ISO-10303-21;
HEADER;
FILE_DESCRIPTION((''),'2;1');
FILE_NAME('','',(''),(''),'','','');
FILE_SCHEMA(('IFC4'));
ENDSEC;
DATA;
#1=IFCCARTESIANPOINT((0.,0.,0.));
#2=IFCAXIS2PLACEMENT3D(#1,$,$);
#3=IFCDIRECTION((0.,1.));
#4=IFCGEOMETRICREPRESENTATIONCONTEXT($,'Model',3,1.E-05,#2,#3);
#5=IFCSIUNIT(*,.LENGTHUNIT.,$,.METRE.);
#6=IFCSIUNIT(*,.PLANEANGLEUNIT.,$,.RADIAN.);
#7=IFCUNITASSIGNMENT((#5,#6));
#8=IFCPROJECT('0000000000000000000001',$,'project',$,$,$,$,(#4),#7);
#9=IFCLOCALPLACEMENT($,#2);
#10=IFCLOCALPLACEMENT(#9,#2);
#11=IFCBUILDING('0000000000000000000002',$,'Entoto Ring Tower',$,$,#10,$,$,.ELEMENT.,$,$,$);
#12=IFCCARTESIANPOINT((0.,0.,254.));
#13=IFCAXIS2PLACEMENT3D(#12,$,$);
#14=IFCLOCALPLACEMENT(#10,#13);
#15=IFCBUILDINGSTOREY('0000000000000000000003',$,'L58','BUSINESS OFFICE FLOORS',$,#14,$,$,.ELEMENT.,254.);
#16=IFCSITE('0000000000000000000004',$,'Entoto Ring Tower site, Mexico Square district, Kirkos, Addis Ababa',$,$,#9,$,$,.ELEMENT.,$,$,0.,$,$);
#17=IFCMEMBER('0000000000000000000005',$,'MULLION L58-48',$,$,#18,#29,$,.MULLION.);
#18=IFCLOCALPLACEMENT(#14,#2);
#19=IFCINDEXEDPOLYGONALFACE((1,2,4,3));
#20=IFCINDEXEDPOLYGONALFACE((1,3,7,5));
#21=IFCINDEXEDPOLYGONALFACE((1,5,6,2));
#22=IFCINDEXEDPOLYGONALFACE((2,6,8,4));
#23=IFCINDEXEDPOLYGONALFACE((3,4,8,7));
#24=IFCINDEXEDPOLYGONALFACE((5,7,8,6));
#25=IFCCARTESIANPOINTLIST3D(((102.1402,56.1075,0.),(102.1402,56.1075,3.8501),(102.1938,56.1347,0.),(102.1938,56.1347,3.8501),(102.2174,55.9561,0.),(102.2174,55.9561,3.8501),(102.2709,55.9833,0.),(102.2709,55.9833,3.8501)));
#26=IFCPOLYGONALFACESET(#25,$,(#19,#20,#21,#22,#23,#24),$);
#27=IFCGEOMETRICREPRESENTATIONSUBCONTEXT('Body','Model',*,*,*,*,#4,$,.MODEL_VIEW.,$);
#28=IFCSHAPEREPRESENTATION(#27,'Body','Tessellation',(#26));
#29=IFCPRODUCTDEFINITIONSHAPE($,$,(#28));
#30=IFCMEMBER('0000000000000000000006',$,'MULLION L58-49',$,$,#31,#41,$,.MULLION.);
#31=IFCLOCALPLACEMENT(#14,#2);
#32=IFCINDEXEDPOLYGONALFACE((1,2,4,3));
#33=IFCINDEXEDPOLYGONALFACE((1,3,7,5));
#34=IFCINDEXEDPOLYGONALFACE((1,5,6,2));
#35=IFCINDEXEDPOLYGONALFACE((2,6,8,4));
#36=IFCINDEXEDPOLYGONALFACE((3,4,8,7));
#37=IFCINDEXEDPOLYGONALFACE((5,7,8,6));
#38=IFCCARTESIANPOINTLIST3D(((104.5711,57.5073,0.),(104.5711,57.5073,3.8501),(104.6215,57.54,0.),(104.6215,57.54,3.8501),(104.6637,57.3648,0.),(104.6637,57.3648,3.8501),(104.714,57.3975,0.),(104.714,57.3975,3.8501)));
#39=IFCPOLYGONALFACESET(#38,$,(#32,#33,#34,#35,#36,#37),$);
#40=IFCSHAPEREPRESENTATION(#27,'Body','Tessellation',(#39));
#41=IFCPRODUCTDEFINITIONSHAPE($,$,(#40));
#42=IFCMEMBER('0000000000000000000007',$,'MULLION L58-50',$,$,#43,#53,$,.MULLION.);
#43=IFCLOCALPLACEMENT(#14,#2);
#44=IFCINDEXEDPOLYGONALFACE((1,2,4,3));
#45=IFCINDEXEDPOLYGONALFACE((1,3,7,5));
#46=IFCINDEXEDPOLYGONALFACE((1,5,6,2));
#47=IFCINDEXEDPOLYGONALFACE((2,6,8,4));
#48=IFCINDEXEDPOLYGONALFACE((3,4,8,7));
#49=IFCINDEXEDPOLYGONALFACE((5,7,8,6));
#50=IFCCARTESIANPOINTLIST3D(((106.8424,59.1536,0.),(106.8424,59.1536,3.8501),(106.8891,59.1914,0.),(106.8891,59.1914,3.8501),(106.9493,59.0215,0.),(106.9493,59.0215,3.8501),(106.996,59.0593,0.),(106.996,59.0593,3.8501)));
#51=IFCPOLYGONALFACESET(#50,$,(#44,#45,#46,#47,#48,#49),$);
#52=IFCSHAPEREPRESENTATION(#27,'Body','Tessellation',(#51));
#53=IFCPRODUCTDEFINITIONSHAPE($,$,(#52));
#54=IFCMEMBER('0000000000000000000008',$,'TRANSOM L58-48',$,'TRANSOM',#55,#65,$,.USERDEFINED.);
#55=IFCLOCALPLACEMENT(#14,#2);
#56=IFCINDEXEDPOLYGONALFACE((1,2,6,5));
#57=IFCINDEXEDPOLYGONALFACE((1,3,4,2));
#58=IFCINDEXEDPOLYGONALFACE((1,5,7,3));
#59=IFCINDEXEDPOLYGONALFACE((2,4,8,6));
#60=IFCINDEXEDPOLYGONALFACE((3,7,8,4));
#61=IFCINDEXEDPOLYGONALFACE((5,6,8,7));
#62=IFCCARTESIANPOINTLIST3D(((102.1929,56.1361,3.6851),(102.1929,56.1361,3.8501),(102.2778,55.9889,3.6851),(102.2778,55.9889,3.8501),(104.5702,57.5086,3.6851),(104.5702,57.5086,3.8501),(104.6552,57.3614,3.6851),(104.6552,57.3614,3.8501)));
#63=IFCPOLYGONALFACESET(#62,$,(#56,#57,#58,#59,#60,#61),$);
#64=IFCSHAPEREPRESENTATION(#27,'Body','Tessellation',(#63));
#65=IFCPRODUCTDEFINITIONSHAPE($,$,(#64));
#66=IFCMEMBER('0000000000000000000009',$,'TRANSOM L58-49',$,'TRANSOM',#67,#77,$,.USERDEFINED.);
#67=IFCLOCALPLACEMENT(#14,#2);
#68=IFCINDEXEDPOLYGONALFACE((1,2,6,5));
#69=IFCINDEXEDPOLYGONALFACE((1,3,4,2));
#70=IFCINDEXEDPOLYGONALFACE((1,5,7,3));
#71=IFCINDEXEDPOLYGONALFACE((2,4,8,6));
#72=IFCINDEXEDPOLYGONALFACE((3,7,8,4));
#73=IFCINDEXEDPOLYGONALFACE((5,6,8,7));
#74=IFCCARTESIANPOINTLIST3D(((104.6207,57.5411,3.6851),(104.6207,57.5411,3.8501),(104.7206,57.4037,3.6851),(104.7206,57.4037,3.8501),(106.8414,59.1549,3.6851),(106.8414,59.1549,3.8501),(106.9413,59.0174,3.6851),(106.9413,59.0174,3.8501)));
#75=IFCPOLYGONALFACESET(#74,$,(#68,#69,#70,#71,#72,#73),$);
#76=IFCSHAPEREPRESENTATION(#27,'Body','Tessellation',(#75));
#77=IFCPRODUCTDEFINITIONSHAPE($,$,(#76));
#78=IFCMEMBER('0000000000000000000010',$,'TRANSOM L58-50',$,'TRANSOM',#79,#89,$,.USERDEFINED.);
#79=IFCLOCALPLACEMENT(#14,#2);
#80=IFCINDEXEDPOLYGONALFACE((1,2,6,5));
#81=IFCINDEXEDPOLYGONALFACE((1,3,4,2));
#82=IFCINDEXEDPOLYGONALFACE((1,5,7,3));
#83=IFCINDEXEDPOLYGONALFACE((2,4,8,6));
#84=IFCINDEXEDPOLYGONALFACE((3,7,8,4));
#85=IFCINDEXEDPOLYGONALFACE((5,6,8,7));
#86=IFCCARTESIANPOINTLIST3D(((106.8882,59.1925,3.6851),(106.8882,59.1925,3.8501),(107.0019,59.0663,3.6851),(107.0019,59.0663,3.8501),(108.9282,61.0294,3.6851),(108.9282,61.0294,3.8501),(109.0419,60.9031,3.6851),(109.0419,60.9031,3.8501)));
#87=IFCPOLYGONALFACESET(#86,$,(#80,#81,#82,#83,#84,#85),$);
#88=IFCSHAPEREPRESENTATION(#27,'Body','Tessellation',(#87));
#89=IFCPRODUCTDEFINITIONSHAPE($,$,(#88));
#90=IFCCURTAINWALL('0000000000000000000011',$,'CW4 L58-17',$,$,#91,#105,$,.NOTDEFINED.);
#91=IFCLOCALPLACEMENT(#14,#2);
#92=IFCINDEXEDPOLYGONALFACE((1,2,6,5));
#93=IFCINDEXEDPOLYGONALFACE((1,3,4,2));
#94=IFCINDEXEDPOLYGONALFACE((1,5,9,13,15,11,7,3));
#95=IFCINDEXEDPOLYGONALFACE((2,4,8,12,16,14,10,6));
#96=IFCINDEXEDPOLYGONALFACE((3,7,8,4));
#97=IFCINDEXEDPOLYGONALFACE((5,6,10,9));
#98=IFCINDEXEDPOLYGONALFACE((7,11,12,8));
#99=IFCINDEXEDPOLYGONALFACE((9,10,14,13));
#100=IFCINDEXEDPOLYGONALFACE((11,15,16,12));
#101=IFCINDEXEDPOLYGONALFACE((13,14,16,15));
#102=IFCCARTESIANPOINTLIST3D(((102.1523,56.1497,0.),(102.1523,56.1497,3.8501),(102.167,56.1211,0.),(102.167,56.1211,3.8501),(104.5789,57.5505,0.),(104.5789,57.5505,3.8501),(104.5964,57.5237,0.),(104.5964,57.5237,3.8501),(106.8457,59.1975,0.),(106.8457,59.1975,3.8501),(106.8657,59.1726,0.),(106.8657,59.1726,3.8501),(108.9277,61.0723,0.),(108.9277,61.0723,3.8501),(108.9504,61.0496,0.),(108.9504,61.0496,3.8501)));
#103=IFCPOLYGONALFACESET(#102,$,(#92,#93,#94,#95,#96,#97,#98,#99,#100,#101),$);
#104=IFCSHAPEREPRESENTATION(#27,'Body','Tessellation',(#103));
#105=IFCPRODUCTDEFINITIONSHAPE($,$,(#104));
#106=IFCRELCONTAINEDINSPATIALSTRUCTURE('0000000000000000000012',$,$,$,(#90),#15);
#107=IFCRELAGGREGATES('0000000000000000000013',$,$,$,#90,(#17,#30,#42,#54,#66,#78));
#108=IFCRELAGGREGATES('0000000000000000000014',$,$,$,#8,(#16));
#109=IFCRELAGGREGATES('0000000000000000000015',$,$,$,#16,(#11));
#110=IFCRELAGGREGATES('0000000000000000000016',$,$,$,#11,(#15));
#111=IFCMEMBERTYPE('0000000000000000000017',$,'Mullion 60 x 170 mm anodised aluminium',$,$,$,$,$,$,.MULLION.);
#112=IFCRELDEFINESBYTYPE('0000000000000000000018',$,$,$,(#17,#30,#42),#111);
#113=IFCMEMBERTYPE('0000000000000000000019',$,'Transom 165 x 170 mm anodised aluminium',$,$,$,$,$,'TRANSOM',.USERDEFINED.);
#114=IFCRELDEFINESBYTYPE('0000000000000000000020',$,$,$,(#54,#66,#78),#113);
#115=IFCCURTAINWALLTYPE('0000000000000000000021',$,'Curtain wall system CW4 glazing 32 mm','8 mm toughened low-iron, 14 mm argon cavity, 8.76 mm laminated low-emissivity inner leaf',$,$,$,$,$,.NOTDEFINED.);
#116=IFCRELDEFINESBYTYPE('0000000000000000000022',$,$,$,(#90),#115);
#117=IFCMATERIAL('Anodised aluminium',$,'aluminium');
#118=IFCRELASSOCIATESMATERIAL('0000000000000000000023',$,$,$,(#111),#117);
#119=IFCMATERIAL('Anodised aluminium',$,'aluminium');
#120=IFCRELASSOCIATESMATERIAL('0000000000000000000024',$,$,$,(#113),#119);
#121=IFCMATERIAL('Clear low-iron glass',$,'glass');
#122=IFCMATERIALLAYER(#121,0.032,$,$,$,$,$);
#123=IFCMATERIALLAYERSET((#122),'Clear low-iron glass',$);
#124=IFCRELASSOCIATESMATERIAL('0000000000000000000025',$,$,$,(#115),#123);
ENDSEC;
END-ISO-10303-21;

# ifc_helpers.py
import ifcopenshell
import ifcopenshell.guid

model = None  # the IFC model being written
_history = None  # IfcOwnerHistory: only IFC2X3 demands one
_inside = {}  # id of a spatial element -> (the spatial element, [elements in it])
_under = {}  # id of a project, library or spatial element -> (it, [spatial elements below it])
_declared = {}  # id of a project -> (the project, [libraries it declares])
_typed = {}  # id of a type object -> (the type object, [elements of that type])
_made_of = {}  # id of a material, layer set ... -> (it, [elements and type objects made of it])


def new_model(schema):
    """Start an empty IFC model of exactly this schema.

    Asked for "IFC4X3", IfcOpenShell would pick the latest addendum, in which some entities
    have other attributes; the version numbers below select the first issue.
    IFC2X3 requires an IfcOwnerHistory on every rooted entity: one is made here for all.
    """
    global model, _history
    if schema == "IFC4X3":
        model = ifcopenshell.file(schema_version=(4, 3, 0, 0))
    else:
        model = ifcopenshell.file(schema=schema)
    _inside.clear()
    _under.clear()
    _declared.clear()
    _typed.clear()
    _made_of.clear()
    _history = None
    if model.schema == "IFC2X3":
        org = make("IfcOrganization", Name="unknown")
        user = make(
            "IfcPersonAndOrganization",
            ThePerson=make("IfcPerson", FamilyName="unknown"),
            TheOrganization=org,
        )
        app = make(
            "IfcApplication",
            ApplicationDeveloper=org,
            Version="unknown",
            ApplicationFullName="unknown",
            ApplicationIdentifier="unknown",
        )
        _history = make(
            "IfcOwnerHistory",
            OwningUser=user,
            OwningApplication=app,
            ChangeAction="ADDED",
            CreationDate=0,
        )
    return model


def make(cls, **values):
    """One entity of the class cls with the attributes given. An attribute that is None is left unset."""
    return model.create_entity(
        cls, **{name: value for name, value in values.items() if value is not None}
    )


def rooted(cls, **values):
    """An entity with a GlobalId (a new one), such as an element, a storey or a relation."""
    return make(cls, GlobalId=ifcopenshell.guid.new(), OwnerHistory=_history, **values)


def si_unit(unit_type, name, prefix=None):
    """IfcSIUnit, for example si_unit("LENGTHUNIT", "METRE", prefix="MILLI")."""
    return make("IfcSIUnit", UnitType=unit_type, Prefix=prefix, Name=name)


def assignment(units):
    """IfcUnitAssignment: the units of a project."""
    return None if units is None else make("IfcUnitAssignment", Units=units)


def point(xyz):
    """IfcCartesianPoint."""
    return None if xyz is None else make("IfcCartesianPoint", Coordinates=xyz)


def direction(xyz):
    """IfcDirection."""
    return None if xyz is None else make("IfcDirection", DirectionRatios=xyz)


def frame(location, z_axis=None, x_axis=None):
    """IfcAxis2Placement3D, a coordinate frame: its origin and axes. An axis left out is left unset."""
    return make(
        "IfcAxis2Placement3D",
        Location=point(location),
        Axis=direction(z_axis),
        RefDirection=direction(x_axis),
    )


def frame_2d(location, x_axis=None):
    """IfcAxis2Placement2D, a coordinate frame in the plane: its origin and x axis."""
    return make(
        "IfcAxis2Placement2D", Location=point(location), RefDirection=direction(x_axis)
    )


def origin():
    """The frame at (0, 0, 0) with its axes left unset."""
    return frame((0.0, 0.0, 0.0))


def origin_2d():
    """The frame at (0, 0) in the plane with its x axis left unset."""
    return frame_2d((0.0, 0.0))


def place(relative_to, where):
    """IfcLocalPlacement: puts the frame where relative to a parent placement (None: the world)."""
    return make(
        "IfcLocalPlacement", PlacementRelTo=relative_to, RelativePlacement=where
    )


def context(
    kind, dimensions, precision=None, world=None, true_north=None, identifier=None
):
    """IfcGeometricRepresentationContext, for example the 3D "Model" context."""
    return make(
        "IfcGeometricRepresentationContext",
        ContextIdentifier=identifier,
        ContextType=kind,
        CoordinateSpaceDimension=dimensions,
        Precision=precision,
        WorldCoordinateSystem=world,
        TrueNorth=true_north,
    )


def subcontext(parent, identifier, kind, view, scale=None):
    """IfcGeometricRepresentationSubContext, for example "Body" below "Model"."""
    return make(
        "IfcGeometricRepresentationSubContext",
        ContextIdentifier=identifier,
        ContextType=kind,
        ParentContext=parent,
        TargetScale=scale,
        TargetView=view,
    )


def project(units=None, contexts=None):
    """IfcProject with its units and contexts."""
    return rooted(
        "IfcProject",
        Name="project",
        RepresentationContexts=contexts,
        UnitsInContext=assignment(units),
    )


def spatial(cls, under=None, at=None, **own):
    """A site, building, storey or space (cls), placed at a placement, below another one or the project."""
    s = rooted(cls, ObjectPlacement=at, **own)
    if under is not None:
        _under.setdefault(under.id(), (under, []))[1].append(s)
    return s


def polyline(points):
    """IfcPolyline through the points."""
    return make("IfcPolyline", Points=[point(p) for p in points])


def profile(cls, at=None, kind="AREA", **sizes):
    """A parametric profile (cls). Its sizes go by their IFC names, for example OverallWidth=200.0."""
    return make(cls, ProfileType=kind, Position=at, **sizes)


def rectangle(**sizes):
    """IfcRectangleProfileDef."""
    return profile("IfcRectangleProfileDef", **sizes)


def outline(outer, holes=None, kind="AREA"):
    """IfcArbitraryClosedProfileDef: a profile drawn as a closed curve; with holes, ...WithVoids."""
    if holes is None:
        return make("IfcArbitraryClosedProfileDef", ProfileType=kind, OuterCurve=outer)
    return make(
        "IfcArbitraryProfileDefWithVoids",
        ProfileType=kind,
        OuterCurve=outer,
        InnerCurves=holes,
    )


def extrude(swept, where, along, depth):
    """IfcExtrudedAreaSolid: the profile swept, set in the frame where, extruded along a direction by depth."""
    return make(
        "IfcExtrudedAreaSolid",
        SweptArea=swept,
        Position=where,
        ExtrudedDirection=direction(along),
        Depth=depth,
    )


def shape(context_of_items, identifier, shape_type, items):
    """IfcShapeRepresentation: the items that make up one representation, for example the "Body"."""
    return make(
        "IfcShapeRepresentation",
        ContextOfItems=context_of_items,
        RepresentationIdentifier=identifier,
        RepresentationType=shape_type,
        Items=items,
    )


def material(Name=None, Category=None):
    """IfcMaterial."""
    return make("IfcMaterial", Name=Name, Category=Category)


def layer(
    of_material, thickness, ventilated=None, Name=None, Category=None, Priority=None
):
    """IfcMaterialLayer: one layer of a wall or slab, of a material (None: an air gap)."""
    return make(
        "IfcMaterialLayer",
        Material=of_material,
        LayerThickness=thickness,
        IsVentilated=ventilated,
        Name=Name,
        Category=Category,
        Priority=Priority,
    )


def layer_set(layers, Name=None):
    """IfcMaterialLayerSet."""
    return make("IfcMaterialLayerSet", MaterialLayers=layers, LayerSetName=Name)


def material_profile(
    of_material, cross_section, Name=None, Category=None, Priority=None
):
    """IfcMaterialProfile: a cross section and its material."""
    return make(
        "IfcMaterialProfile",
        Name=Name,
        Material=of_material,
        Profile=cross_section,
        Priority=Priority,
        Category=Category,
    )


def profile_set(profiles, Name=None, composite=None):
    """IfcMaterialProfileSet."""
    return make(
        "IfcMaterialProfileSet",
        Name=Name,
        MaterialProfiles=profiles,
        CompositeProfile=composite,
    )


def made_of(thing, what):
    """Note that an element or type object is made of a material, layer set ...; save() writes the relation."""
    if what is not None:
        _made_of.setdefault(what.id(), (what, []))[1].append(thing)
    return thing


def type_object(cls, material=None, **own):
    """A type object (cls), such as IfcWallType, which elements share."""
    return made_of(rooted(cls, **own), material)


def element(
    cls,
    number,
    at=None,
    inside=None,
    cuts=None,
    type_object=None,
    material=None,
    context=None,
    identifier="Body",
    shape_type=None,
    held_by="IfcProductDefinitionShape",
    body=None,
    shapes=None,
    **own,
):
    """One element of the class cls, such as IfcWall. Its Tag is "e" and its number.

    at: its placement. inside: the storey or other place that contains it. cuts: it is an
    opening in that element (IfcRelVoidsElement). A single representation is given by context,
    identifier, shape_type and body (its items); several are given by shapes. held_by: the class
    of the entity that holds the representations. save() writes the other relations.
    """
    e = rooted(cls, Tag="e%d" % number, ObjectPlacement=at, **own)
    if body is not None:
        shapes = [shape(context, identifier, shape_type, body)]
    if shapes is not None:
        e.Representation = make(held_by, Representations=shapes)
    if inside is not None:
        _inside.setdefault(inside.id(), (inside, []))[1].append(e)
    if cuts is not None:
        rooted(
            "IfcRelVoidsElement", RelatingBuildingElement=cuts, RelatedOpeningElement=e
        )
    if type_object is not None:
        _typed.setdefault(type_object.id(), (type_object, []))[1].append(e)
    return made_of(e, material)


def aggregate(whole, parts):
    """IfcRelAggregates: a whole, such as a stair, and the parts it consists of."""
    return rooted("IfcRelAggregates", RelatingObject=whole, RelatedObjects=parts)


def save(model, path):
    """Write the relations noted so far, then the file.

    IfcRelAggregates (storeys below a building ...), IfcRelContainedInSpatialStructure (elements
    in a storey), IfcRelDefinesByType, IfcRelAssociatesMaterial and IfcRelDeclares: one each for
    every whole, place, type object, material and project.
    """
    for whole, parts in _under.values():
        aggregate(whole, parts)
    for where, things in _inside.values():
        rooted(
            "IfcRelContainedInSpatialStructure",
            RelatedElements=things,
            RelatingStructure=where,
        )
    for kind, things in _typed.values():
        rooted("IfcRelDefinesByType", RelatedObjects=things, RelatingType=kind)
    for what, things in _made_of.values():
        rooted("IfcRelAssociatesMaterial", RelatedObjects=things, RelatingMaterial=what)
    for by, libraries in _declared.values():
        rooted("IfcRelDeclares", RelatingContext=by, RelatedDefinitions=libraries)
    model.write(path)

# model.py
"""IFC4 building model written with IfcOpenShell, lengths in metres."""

from ifc_helpers import new_model, si_unit, direction, frame, origin, origin_2d, place, context, subcontext, project, spatial, polyline, rectangle, outline, extrude, material, layer, layer_set, material_profile, profile_set, type_object, element, aggregate, save


model = new_model("IFC4")

# Units and contexts
model_context = context("Model", 3, precision=1e-05, world=origin(), true_north=direction((0.0, 1.0)))
body_context = subcontext(model_context, "Body", "Model", "MODEL_VIEW")
ifc_project = project(units=[si_unit("LENGTHUNIT", "METRE"), si_unit("PLANEANGLEUNIT", "RADIAN")], contexts=[model_context])

# Members
ifc_material_1 = material(Name="Anodised aluminium", Category="aluminium")
ifc_material_profile_1 = material_profile(ifc_material_1, rectangle(XDim=0.0601, YDim=0.1699, at=origin_2d()), Name="Mullion 60 x 170 mm anodised aluminium")
ifc_profile_set_1 = profile_set([ifc_material_profile_1], Name="Anodised aluminium")
member_type_1 = type_object("IfcMemberType", Name="Mullion 60 x 170 mm anodised aluminium", PredefinedType="MULLION", material=ifc_profile_set_1)
site_placement = place(None, origin())
building_placement = place(site_placement, origin())
storey_placement = place(building_placement, frame((0.0, 0.0, 254.0)))
member_1_placement = place(storey_placement, frame((102.2056, 56.0454, 0.0), z_axis=(0.0, 0.0, 1.0), x_axis=(0.891007, 0.45399, 0.0)))
member_1 = element("IfcMember", 1, at=member_1_placement, type_object=member_type_1, Name="MULLION L58-48", PredefinedType="MULLION", context=body_context, shape_type="SweptSolid", body=[
    extrude(rectangle(XDim=0.0601, YDim=0.1699, at=origin_2d()), origin(), (0.0, 0.0, 1.0), 3.8501),
])
member_2_placement = place(storey_placement, frame((104.6426, 57.4524, 0.0), z_axis=(0.0, 0.0, 1.0), x_axis=(0.838671, 0.544639, 0.0)))
member_2 = element("IfcMember", 2, at=member_2_placement, type_object=member_type_1, Name="MULLION L58-49", PredefinedType="MULLION", context=body_context, shape_type="SweptSolid", body=[
    extrude(rectangle(XDim=0.0601, YDim=0.1699, at=origin_2d()), origin(), (0.0, 0.0, 1.0), 3.8501),
])
member_3_placement = place(storey_placement, frame((106.9192, 59.1064, 0.0), z_axis=(0.0, 0.0, 1.0), x_axis=(0.777146, 0.62932, 0.0)))
member_3 = element("IfcMember", 3, at=member_3_placement, type_object=member_type_1, Name="MULLION L58-50", PredefinedType="MULLION", context=body_context, shape_type="SweptSolid", body=[
    extrude(rectangle(XDim=0.0601, YDim=0.1699, at=origin_2d()), origin(), (0.0, 0.0, 1.0), 3.8501),
])
ifc_material_2 = material(Name="Anodised aluminium", Category="aluminium")
ifc_material_profile_2 = material_profile(ifc_material_2, rectangle(XDim=0.1699, YDim=0.165, at=origin_2d()), Name="Transom 165 x 170 mm anodised aluminium")
ifc_profile_set_2 = profile_set([ifc_material_profile_2], Name="Anodised aluminium")
member_type_2 = type_object("IfcMemberType", Name="Transom 165 x 170 mm anodised aluminium", ElementType="TRANSOM", PredefinedType="USERDEFINED", material=ifc_profile_set_2)
member_4_placement = place(storey_placement, frame((102.2354, 56.0625, 3.7676), z_axis=(0.866035, 0.499984, 0.0), x_axis=(-0.499984, 0.866035, 0.0)))
member_4 = element("IfcMember", 4, at=member_4_placement, type_object=member_type_2, Name="TRANSOM L58-48", ObjectType="TRANSOM", PredefinedType="USERDEFINED", context=body_context, shape_type="SweptSolid", body=[
    extrude(rectangle(XDim=0.1699, YDim=0.165, at=origin_2d()), origin(), (0.0, 0.0, 1.0), 2.7451),
])
member_5_placement = place(storey_placement, frame((104.6707, 57.4724, 3.7676), z_axis=(0.808959, 0.587865, 0.0), x_axis=(-0.587865, 0.808959, 0.0)))
member_5 = element("IfcMember", 5, at=member_5_placement, type_object=member_type_2, Name="TRANSOM L58-49", ObjectType="TRANSOM", PredefinedType="USERDEFINED", context=body_context, shape_type="SweptSolid", body=[
    extrude(rectangle(XDim=0.1699, YDim=0.165, at=origin_2d()), origin(), (0.0, 0.0, 1.0), 2.7451),
])
member_6_placement = place(storey_placement, frame((106.9451, 59.1294, 3.7676), z_axis=(0.743135, 0.669142, 0.0), x_axis=(-0.669142, 0.743135, 0.0)))
member_6 = element("IfcMember", 6, at=member_6_placement, type_object=member_type_2, Name="TRANSOM L58-50", ObjectType="TRANSOM", PredefinedType="USERDEFINED", context=body_context, shape_type="SweptSolid", body=[
    extrude(rectangle(XDim=0.1699, YDim=0.165, at=origin_2d()), origin(), (0.0, 0.0, 1.0), 2.7451),
])

# Site, building, storey
site = spatial("IfcSite", under=ifc_project, at=site_placement, Name="Entoto Ring Tower site, Mexico Square district, Kirkos, Addis Ababa", CompositionType="ELEMENT", RefElevation=0.0)
building = spatial("IfcBuilding", under=site, at=building_placement, Name="Entoto Ring Tower", CompositionType="ELEMENT")
storey = spatial("IfcBuildingStorey", under=building, at=storey_placement, Name="L58", Description="BUSINESS OFFICE FLOORS", CompositionType="ELEMENT", Elevation=254.0)

# Curtain wall
ifc_material_3 = material(Name="Clear low-iron glass", Category="glass")
ifc_layer_1 = layer(ifc_material_3, 0.032)
ifc_layer_set_1 = layer_set([ifc_layer_1], Name="Clear low-iron glass")
curtain_wall_type = type_object("IfcCurtainWallType", Name="Curtain wall system CW4 glazing 32 mm", Description="8 mm toughened low-iron, 14 mm argon cavity, 8.76 mm laminated low-emissivity inner leaf", PredefinedType="NOTDEFINED", material=ifc_layer_set_1)
curtain_wall_1_placement = place(storey_placement, origin())
curtain_wall_1 = element("IfcCurtainWall", 7, at=curtain_wall_1_placement, inside=storey, type_object=curtain_wall_type, Name="CW4 L58-17", PredefinedType="NOTDEFINED", context=body_context, shape_type="SweptSolid", body=[
    extrude(outline(polyline([(102.167, 56.1211), (104.5964, 57.5237), (106.8657, 59.1726), (108.9504, 61.0496), (108.9277, 61.0723), (106.8457, 59.1975), (104.5789, 57.5505), (102.1523, 56.1497), (102.167, 56.1211)])), origin(), (0.0, 0.0, 1.0), 3.8501),
])
aggregate(curtain_wall_1, [member_1, member_2, member_3, member_4, member_5, member_6])

save(model, "model.ifc")
